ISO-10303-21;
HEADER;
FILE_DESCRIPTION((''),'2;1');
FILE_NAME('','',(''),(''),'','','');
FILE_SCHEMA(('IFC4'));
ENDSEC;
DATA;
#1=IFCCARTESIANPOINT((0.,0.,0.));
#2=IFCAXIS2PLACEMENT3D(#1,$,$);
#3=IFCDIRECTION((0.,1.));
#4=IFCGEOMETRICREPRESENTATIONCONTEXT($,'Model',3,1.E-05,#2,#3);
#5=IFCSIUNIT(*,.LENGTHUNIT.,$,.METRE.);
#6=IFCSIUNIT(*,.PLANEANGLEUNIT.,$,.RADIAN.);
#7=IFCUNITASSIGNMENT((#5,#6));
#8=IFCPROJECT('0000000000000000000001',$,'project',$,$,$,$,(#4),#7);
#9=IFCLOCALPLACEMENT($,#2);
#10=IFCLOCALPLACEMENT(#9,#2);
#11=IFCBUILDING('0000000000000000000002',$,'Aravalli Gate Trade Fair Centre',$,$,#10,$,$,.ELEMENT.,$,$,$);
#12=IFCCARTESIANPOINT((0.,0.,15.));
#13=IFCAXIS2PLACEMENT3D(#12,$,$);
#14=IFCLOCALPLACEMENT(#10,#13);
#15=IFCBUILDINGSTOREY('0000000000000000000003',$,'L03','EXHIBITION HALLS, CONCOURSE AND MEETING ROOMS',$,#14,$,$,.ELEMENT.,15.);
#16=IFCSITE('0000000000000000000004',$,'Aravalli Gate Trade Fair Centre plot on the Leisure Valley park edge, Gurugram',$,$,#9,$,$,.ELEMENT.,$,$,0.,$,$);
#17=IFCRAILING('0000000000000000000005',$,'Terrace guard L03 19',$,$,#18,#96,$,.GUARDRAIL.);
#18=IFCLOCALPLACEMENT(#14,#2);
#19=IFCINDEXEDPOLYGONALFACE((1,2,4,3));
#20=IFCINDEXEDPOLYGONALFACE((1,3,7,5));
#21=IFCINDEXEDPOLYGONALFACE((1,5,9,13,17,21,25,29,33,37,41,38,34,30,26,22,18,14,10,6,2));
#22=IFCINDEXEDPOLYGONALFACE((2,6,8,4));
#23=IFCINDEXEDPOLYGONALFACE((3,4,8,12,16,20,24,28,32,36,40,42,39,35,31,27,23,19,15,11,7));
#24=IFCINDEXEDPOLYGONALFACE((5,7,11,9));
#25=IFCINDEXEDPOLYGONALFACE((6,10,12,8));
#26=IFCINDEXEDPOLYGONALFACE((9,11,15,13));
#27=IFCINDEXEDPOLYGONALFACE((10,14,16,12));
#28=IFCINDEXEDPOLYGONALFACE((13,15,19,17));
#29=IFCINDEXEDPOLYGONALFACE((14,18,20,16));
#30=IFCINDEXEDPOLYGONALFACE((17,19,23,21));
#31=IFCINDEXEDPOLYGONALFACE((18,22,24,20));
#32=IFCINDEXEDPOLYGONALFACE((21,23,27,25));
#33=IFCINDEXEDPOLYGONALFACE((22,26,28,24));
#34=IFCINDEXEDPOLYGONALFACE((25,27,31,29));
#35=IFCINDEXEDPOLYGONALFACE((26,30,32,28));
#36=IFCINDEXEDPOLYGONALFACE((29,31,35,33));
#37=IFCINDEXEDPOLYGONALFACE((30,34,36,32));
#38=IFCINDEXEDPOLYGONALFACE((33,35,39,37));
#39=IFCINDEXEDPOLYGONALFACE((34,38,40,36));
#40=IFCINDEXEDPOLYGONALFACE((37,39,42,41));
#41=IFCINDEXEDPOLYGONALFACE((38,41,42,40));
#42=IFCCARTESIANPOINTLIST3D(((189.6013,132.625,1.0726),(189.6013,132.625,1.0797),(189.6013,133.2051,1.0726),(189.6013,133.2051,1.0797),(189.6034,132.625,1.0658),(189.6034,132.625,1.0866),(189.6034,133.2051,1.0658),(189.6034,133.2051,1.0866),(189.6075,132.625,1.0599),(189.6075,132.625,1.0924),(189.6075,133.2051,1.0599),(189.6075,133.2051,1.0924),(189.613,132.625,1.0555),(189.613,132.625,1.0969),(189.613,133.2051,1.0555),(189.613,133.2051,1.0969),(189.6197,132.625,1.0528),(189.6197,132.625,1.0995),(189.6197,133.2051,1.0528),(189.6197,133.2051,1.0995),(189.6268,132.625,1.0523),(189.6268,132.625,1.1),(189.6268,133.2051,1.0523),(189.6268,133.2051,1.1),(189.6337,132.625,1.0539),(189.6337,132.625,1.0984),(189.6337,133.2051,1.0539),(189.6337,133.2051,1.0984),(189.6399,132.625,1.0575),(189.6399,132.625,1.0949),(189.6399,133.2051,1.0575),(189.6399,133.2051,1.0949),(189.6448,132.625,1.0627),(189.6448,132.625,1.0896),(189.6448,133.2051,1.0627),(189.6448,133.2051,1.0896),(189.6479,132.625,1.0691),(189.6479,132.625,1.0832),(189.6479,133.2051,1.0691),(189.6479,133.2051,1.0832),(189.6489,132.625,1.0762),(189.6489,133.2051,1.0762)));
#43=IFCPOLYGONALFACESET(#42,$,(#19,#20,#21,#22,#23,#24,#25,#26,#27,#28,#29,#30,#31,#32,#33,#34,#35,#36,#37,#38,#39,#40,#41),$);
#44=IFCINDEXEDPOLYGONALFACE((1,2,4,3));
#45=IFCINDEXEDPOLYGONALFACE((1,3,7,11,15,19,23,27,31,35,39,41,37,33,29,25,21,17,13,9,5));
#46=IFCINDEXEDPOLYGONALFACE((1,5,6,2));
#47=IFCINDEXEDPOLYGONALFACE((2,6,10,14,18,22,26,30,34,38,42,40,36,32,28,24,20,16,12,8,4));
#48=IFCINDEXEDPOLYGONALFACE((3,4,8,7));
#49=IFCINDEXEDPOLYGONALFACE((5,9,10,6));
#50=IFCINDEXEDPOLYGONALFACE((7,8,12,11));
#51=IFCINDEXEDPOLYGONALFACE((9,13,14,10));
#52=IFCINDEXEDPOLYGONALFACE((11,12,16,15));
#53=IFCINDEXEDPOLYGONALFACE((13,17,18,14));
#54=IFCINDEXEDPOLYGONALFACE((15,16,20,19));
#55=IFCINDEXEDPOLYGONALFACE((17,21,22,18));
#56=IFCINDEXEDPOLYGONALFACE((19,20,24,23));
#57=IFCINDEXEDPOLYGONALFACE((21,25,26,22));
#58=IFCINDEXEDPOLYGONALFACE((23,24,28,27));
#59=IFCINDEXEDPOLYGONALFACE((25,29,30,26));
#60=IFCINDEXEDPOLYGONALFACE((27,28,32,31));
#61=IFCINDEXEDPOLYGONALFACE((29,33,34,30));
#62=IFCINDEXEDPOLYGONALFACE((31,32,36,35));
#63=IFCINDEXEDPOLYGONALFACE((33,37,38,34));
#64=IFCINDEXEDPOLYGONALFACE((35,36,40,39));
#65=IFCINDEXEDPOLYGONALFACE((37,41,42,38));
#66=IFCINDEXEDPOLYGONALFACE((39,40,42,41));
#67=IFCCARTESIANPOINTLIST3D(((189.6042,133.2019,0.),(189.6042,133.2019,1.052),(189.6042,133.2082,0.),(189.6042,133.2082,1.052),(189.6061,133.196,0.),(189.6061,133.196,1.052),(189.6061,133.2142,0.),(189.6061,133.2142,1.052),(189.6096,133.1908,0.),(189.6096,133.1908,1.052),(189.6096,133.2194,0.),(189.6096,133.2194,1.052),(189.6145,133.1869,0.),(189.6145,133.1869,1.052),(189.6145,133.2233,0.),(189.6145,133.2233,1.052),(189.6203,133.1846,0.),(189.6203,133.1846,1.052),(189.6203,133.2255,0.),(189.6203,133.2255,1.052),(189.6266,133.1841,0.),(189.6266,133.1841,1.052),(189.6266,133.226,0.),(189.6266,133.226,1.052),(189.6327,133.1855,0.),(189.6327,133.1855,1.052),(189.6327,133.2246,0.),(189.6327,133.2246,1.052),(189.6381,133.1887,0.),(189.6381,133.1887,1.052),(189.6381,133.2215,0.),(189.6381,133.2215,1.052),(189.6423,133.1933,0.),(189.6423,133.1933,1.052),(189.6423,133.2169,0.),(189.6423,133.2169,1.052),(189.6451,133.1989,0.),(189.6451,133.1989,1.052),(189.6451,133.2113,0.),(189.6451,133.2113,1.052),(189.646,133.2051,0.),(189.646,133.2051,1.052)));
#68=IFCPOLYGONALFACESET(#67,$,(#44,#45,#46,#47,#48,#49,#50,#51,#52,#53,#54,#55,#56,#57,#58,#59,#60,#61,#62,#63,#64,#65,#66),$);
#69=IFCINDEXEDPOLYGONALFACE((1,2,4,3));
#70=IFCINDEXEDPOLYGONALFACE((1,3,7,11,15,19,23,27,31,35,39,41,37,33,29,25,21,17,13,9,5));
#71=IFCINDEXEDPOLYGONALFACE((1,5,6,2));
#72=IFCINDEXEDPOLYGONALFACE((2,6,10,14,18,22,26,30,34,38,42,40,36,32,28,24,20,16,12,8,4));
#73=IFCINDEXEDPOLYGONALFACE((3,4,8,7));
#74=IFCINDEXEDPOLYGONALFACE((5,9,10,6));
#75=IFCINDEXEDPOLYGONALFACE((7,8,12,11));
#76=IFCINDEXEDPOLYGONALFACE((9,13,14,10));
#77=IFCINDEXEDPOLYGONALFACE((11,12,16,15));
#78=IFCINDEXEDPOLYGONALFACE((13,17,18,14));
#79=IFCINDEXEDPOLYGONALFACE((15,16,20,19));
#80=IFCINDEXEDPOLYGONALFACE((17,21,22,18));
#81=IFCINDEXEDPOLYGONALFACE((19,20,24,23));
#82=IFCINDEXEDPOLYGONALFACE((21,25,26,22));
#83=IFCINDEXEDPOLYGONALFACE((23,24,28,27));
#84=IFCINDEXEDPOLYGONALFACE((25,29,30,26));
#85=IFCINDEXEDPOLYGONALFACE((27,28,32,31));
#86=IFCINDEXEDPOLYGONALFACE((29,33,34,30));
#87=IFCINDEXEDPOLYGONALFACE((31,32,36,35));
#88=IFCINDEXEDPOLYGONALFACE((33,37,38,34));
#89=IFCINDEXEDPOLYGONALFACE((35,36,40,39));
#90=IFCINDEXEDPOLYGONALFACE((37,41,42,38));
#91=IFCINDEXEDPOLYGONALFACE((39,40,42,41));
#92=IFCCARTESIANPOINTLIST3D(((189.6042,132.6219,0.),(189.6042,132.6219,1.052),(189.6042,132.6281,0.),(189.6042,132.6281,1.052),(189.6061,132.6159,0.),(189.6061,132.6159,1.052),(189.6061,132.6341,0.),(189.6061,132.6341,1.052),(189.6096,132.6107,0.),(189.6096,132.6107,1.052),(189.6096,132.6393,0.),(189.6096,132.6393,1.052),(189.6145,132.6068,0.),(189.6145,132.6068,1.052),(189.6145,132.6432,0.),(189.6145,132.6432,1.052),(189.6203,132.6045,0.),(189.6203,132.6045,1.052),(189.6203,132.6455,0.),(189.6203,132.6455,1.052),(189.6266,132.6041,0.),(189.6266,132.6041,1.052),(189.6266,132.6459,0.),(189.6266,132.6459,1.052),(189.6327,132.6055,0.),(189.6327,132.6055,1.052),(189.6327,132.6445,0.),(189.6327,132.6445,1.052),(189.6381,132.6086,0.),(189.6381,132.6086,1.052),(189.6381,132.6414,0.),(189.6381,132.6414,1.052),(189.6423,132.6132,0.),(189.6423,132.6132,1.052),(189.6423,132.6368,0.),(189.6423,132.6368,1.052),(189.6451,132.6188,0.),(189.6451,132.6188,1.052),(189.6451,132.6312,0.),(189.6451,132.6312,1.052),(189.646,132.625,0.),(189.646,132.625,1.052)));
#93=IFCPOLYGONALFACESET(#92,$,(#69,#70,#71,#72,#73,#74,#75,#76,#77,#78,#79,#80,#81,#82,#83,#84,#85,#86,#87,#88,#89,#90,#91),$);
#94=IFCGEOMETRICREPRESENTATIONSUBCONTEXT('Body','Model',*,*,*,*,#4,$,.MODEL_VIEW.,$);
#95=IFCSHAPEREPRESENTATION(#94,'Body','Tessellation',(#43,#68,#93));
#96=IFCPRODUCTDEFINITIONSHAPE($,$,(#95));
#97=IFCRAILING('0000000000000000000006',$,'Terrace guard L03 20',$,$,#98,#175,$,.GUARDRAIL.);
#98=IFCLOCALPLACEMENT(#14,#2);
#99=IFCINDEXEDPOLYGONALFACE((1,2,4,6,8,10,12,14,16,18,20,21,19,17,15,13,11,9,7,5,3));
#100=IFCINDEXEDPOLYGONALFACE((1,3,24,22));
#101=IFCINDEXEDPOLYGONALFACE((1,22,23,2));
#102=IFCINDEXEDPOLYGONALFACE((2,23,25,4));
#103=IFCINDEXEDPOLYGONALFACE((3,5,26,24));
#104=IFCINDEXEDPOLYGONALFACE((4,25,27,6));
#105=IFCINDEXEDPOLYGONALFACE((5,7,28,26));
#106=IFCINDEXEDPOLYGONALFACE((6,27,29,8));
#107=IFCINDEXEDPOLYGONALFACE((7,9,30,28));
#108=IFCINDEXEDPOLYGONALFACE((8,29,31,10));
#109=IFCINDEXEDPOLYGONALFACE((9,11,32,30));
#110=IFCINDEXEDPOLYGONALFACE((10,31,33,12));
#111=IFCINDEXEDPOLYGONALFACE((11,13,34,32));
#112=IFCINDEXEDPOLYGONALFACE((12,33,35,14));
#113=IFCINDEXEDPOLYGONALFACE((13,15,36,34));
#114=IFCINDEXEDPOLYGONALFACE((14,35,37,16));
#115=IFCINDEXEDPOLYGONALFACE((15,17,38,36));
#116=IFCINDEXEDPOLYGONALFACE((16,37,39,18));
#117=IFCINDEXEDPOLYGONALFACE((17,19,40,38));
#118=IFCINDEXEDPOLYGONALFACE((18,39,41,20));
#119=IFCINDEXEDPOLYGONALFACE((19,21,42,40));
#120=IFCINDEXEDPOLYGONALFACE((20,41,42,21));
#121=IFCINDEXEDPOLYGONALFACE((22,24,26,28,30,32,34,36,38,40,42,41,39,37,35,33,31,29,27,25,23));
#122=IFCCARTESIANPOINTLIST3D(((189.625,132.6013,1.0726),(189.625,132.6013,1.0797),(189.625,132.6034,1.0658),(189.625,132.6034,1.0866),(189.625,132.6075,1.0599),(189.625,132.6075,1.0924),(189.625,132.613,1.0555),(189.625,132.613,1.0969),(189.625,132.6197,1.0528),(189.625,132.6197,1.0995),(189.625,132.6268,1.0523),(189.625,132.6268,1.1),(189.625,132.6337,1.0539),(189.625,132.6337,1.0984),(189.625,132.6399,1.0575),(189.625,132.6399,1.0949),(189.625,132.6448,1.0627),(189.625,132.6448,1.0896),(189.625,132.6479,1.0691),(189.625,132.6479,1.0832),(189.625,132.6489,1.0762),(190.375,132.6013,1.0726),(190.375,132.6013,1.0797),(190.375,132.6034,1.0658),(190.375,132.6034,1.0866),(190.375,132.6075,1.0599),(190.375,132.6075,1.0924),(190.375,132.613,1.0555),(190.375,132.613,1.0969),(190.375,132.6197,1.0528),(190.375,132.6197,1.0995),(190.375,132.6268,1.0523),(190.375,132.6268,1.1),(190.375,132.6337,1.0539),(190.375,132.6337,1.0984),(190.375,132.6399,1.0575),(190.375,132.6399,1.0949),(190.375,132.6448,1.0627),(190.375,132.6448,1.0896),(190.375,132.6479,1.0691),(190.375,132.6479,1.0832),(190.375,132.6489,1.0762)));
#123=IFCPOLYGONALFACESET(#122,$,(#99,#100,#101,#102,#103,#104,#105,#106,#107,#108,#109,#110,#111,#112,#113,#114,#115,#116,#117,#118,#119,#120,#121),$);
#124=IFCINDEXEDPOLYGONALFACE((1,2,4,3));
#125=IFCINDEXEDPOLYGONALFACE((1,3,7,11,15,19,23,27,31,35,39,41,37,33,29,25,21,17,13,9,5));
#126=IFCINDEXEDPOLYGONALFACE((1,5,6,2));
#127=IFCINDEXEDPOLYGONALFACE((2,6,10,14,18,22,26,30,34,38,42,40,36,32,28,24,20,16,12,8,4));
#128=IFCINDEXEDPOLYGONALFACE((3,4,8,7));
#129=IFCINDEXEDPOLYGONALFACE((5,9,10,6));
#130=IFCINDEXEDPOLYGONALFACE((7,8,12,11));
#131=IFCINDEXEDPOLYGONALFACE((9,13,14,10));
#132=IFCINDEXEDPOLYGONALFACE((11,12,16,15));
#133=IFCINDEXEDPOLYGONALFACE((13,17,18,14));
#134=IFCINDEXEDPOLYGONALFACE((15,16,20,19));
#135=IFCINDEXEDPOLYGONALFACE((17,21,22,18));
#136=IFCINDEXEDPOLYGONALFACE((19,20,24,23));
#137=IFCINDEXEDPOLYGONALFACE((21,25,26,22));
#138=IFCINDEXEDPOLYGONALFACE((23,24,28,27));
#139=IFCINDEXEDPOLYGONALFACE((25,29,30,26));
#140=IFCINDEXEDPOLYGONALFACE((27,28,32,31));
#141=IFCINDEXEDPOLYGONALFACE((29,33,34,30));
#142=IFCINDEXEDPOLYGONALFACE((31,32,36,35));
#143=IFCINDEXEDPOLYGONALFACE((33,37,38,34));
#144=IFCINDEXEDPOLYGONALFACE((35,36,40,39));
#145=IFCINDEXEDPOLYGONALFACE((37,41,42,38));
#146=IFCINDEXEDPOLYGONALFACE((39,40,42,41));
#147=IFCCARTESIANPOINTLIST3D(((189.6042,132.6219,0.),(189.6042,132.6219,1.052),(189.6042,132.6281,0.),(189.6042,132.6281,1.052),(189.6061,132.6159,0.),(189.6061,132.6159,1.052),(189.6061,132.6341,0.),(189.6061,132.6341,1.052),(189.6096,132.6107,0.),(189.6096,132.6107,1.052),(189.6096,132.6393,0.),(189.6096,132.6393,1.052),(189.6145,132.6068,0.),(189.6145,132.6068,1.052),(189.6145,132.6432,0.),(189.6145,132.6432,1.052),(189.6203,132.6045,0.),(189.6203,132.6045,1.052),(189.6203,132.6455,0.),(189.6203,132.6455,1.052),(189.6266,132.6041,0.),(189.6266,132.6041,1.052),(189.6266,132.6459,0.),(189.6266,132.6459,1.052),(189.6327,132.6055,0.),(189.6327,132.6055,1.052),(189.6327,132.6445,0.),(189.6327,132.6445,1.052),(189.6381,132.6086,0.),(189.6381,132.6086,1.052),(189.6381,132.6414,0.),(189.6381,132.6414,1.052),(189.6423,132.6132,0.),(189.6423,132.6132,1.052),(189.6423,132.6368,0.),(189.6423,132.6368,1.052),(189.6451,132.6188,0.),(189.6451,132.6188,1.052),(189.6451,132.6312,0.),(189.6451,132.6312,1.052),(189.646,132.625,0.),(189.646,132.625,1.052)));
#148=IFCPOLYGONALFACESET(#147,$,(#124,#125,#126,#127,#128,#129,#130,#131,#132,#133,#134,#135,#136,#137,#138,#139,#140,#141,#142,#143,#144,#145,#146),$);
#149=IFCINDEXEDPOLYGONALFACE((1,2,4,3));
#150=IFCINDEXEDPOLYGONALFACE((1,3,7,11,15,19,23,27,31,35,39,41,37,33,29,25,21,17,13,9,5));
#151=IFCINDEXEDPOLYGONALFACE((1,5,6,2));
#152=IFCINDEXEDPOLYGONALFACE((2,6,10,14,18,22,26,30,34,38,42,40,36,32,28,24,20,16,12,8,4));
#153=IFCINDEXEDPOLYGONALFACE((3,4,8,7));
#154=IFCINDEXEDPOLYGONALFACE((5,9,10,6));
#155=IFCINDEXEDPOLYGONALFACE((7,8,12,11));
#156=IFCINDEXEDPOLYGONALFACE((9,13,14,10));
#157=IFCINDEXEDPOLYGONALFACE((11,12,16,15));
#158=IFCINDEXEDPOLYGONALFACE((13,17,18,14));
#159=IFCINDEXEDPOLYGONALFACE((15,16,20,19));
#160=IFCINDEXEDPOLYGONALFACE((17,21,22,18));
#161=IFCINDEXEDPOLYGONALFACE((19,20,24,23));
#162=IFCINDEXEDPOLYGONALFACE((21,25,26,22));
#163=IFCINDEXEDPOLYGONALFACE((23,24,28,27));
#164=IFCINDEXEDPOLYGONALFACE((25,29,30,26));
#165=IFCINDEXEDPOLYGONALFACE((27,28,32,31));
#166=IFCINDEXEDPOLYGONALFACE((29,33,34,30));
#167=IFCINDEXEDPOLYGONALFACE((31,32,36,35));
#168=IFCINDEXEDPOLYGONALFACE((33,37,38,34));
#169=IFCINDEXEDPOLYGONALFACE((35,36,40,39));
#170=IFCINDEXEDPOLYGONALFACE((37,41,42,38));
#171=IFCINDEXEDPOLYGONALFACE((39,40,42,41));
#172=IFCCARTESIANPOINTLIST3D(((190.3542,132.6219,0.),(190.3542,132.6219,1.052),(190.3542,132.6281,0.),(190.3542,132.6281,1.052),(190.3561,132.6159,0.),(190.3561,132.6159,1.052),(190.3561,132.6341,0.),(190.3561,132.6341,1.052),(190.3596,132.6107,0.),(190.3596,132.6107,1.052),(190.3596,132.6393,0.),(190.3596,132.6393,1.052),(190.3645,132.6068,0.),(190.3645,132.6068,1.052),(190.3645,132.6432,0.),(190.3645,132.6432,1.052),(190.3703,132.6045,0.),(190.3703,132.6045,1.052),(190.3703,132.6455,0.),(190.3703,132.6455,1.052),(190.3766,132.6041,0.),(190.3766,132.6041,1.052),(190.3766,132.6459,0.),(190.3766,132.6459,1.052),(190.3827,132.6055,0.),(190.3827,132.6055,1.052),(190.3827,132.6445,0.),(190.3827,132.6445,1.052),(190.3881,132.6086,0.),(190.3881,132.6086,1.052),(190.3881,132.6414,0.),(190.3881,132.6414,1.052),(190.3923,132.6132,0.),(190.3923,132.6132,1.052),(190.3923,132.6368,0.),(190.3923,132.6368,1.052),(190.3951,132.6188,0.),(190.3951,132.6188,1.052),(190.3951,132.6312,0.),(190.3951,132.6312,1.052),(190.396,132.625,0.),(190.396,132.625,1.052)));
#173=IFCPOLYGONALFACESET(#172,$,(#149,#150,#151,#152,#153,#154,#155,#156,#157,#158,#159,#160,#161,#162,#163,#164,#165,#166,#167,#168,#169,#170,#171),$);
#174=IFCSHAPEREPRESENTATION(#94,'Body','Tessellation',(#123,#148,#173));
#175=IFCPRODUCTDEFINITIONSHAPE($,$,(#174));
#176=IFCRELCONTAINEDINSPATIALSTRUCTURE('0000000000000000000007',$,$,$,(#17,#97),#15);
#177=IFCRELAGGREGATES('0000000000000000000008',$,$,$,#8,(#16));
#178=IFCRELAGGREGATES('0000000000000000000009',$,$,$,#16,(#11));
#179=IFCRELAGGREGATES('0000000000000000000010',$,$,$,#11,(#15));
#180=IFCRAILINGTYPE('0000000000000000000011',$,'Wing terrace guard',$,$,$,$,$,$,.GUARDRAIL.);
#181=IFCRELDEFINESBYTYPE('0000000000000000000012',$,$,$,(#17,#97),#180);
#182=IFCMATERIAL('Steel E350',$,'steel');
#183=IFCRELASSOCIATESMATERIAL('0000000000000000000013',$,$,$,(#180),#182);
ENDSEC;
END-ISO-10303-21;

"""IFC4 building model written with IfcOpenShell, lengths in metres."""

from ifc_helpers import new_model, si_unit, direction, frame, origin, origin_2d, place, context, subcontext, project, spatial, circle, extrude, material, type_object, element, save


model = new_model("IFC4")

# Units and contexts
model_context = context("Model", 3, precision=1e-05, world=origin(), true_north=direction((0.0, 1.0)))
body_context = subcontext(model_context, "Body", "Model", "MODEL_VIEW")
ifc_project = project(units=[si_unit("LENGTHUNIT", "METRE"), si_unit("PLANEANGLEUNIT", "RADIAN")], contexts=[model_context])

# Site, building, storey
site_placement = place(None, origin())
site = spatial("IfcSite", under=ifc_project, at=site_placement, Name="Aravalli Gate Trade Fair Centre plot on the Leisure Valley park edge, Gurugram", CompositionType="ELEMENT", RefElevation=0.0)
building_placement = place(site_placement, origin())
building = spatial("IfcBuilding", under=site, at=building_placement, Name="Aravalli Gate Trade Fair Centre", CompositionType="ELEMENT")
storey_placement = place(building_placement, frame((0.0, 0.0, 15.0)))
storey = spatial("IfcBuildingStorey", under=building, at=storey_placement, Name="L03", Description="EXHIBITION HALLS, CONCOURSE AND MEETING ROOMS", CompositionType="ELEMENT", Elevation=15.0)

# Shared definitions
ifc_material_1 = material(Name="Steel E350", Category="steel")

# Railings
railing_type = type_object("IfcRailingType", Name="Wing terrace guard", PredefinedType="GUARDRAIL", material=ifc_material_1)
railing_1_placement = place(storey_placement, frame((189.625, 133.2051, 0.0)))
element("IfcRailing", 1, at=railing_1_placement, inside=storey, type_object=railing_type, Name="Terrace guard L03 19", PredefinedType="GUARDRAIL", context=body_context, shape_type="SweptSolid", body=[
    extrude(circle(Radius=0.0239, at=origin_2d()), frame((0.0, 0.0, 1.0762), z_axis=(0.0, -1.0, 0.0), x_axis=(1.0, 0.0, 0.0)), (0.0, 0.0, 1.0), 0.5801),
    extrude(circle(Radius=0.021, at=origin_2d()), origin(), (0.0, 0.0, 1.0), 1.052),
    extrude(circle(Radius=0.021, at=origin_2d()), frame((0.0, -0.5801, 0.0)), (0.0, 0.0, 1.0), 1.052),
])
railing_2_placement = place(storey_placement, frame((189.625, 132.625, 0.0)))
element("IfcRailing", 2, at=railing_2_placement, inside=storey, type_object=railing_type, Name="Terrace guard L03 20", PredefinedType="GUARDRAIL", context=body_context, shape_type="SweptSolid", body=[
    extrude(circle(Radius=0.0239, at=origin_2d()), frame((0.0, 0.0, 1.0762), z_axis=(1.0, 0.0, 0.0), x_axis=(0.0, 1.0, 0.0)), (0.0, 0.0, 1.0), 0.75),
    extrude(circle(Radius=0.021, at=origin_2d()), origin(), (0.0, 0.0, 1.0), 1.052),
    extrude(circle(Radius=0.021, at=origin_2d()), frame((0.75, 0.0, 0.0)), (0.0, 0.0, 1.0), 1.052),
])

save(model, "model.ifc")
